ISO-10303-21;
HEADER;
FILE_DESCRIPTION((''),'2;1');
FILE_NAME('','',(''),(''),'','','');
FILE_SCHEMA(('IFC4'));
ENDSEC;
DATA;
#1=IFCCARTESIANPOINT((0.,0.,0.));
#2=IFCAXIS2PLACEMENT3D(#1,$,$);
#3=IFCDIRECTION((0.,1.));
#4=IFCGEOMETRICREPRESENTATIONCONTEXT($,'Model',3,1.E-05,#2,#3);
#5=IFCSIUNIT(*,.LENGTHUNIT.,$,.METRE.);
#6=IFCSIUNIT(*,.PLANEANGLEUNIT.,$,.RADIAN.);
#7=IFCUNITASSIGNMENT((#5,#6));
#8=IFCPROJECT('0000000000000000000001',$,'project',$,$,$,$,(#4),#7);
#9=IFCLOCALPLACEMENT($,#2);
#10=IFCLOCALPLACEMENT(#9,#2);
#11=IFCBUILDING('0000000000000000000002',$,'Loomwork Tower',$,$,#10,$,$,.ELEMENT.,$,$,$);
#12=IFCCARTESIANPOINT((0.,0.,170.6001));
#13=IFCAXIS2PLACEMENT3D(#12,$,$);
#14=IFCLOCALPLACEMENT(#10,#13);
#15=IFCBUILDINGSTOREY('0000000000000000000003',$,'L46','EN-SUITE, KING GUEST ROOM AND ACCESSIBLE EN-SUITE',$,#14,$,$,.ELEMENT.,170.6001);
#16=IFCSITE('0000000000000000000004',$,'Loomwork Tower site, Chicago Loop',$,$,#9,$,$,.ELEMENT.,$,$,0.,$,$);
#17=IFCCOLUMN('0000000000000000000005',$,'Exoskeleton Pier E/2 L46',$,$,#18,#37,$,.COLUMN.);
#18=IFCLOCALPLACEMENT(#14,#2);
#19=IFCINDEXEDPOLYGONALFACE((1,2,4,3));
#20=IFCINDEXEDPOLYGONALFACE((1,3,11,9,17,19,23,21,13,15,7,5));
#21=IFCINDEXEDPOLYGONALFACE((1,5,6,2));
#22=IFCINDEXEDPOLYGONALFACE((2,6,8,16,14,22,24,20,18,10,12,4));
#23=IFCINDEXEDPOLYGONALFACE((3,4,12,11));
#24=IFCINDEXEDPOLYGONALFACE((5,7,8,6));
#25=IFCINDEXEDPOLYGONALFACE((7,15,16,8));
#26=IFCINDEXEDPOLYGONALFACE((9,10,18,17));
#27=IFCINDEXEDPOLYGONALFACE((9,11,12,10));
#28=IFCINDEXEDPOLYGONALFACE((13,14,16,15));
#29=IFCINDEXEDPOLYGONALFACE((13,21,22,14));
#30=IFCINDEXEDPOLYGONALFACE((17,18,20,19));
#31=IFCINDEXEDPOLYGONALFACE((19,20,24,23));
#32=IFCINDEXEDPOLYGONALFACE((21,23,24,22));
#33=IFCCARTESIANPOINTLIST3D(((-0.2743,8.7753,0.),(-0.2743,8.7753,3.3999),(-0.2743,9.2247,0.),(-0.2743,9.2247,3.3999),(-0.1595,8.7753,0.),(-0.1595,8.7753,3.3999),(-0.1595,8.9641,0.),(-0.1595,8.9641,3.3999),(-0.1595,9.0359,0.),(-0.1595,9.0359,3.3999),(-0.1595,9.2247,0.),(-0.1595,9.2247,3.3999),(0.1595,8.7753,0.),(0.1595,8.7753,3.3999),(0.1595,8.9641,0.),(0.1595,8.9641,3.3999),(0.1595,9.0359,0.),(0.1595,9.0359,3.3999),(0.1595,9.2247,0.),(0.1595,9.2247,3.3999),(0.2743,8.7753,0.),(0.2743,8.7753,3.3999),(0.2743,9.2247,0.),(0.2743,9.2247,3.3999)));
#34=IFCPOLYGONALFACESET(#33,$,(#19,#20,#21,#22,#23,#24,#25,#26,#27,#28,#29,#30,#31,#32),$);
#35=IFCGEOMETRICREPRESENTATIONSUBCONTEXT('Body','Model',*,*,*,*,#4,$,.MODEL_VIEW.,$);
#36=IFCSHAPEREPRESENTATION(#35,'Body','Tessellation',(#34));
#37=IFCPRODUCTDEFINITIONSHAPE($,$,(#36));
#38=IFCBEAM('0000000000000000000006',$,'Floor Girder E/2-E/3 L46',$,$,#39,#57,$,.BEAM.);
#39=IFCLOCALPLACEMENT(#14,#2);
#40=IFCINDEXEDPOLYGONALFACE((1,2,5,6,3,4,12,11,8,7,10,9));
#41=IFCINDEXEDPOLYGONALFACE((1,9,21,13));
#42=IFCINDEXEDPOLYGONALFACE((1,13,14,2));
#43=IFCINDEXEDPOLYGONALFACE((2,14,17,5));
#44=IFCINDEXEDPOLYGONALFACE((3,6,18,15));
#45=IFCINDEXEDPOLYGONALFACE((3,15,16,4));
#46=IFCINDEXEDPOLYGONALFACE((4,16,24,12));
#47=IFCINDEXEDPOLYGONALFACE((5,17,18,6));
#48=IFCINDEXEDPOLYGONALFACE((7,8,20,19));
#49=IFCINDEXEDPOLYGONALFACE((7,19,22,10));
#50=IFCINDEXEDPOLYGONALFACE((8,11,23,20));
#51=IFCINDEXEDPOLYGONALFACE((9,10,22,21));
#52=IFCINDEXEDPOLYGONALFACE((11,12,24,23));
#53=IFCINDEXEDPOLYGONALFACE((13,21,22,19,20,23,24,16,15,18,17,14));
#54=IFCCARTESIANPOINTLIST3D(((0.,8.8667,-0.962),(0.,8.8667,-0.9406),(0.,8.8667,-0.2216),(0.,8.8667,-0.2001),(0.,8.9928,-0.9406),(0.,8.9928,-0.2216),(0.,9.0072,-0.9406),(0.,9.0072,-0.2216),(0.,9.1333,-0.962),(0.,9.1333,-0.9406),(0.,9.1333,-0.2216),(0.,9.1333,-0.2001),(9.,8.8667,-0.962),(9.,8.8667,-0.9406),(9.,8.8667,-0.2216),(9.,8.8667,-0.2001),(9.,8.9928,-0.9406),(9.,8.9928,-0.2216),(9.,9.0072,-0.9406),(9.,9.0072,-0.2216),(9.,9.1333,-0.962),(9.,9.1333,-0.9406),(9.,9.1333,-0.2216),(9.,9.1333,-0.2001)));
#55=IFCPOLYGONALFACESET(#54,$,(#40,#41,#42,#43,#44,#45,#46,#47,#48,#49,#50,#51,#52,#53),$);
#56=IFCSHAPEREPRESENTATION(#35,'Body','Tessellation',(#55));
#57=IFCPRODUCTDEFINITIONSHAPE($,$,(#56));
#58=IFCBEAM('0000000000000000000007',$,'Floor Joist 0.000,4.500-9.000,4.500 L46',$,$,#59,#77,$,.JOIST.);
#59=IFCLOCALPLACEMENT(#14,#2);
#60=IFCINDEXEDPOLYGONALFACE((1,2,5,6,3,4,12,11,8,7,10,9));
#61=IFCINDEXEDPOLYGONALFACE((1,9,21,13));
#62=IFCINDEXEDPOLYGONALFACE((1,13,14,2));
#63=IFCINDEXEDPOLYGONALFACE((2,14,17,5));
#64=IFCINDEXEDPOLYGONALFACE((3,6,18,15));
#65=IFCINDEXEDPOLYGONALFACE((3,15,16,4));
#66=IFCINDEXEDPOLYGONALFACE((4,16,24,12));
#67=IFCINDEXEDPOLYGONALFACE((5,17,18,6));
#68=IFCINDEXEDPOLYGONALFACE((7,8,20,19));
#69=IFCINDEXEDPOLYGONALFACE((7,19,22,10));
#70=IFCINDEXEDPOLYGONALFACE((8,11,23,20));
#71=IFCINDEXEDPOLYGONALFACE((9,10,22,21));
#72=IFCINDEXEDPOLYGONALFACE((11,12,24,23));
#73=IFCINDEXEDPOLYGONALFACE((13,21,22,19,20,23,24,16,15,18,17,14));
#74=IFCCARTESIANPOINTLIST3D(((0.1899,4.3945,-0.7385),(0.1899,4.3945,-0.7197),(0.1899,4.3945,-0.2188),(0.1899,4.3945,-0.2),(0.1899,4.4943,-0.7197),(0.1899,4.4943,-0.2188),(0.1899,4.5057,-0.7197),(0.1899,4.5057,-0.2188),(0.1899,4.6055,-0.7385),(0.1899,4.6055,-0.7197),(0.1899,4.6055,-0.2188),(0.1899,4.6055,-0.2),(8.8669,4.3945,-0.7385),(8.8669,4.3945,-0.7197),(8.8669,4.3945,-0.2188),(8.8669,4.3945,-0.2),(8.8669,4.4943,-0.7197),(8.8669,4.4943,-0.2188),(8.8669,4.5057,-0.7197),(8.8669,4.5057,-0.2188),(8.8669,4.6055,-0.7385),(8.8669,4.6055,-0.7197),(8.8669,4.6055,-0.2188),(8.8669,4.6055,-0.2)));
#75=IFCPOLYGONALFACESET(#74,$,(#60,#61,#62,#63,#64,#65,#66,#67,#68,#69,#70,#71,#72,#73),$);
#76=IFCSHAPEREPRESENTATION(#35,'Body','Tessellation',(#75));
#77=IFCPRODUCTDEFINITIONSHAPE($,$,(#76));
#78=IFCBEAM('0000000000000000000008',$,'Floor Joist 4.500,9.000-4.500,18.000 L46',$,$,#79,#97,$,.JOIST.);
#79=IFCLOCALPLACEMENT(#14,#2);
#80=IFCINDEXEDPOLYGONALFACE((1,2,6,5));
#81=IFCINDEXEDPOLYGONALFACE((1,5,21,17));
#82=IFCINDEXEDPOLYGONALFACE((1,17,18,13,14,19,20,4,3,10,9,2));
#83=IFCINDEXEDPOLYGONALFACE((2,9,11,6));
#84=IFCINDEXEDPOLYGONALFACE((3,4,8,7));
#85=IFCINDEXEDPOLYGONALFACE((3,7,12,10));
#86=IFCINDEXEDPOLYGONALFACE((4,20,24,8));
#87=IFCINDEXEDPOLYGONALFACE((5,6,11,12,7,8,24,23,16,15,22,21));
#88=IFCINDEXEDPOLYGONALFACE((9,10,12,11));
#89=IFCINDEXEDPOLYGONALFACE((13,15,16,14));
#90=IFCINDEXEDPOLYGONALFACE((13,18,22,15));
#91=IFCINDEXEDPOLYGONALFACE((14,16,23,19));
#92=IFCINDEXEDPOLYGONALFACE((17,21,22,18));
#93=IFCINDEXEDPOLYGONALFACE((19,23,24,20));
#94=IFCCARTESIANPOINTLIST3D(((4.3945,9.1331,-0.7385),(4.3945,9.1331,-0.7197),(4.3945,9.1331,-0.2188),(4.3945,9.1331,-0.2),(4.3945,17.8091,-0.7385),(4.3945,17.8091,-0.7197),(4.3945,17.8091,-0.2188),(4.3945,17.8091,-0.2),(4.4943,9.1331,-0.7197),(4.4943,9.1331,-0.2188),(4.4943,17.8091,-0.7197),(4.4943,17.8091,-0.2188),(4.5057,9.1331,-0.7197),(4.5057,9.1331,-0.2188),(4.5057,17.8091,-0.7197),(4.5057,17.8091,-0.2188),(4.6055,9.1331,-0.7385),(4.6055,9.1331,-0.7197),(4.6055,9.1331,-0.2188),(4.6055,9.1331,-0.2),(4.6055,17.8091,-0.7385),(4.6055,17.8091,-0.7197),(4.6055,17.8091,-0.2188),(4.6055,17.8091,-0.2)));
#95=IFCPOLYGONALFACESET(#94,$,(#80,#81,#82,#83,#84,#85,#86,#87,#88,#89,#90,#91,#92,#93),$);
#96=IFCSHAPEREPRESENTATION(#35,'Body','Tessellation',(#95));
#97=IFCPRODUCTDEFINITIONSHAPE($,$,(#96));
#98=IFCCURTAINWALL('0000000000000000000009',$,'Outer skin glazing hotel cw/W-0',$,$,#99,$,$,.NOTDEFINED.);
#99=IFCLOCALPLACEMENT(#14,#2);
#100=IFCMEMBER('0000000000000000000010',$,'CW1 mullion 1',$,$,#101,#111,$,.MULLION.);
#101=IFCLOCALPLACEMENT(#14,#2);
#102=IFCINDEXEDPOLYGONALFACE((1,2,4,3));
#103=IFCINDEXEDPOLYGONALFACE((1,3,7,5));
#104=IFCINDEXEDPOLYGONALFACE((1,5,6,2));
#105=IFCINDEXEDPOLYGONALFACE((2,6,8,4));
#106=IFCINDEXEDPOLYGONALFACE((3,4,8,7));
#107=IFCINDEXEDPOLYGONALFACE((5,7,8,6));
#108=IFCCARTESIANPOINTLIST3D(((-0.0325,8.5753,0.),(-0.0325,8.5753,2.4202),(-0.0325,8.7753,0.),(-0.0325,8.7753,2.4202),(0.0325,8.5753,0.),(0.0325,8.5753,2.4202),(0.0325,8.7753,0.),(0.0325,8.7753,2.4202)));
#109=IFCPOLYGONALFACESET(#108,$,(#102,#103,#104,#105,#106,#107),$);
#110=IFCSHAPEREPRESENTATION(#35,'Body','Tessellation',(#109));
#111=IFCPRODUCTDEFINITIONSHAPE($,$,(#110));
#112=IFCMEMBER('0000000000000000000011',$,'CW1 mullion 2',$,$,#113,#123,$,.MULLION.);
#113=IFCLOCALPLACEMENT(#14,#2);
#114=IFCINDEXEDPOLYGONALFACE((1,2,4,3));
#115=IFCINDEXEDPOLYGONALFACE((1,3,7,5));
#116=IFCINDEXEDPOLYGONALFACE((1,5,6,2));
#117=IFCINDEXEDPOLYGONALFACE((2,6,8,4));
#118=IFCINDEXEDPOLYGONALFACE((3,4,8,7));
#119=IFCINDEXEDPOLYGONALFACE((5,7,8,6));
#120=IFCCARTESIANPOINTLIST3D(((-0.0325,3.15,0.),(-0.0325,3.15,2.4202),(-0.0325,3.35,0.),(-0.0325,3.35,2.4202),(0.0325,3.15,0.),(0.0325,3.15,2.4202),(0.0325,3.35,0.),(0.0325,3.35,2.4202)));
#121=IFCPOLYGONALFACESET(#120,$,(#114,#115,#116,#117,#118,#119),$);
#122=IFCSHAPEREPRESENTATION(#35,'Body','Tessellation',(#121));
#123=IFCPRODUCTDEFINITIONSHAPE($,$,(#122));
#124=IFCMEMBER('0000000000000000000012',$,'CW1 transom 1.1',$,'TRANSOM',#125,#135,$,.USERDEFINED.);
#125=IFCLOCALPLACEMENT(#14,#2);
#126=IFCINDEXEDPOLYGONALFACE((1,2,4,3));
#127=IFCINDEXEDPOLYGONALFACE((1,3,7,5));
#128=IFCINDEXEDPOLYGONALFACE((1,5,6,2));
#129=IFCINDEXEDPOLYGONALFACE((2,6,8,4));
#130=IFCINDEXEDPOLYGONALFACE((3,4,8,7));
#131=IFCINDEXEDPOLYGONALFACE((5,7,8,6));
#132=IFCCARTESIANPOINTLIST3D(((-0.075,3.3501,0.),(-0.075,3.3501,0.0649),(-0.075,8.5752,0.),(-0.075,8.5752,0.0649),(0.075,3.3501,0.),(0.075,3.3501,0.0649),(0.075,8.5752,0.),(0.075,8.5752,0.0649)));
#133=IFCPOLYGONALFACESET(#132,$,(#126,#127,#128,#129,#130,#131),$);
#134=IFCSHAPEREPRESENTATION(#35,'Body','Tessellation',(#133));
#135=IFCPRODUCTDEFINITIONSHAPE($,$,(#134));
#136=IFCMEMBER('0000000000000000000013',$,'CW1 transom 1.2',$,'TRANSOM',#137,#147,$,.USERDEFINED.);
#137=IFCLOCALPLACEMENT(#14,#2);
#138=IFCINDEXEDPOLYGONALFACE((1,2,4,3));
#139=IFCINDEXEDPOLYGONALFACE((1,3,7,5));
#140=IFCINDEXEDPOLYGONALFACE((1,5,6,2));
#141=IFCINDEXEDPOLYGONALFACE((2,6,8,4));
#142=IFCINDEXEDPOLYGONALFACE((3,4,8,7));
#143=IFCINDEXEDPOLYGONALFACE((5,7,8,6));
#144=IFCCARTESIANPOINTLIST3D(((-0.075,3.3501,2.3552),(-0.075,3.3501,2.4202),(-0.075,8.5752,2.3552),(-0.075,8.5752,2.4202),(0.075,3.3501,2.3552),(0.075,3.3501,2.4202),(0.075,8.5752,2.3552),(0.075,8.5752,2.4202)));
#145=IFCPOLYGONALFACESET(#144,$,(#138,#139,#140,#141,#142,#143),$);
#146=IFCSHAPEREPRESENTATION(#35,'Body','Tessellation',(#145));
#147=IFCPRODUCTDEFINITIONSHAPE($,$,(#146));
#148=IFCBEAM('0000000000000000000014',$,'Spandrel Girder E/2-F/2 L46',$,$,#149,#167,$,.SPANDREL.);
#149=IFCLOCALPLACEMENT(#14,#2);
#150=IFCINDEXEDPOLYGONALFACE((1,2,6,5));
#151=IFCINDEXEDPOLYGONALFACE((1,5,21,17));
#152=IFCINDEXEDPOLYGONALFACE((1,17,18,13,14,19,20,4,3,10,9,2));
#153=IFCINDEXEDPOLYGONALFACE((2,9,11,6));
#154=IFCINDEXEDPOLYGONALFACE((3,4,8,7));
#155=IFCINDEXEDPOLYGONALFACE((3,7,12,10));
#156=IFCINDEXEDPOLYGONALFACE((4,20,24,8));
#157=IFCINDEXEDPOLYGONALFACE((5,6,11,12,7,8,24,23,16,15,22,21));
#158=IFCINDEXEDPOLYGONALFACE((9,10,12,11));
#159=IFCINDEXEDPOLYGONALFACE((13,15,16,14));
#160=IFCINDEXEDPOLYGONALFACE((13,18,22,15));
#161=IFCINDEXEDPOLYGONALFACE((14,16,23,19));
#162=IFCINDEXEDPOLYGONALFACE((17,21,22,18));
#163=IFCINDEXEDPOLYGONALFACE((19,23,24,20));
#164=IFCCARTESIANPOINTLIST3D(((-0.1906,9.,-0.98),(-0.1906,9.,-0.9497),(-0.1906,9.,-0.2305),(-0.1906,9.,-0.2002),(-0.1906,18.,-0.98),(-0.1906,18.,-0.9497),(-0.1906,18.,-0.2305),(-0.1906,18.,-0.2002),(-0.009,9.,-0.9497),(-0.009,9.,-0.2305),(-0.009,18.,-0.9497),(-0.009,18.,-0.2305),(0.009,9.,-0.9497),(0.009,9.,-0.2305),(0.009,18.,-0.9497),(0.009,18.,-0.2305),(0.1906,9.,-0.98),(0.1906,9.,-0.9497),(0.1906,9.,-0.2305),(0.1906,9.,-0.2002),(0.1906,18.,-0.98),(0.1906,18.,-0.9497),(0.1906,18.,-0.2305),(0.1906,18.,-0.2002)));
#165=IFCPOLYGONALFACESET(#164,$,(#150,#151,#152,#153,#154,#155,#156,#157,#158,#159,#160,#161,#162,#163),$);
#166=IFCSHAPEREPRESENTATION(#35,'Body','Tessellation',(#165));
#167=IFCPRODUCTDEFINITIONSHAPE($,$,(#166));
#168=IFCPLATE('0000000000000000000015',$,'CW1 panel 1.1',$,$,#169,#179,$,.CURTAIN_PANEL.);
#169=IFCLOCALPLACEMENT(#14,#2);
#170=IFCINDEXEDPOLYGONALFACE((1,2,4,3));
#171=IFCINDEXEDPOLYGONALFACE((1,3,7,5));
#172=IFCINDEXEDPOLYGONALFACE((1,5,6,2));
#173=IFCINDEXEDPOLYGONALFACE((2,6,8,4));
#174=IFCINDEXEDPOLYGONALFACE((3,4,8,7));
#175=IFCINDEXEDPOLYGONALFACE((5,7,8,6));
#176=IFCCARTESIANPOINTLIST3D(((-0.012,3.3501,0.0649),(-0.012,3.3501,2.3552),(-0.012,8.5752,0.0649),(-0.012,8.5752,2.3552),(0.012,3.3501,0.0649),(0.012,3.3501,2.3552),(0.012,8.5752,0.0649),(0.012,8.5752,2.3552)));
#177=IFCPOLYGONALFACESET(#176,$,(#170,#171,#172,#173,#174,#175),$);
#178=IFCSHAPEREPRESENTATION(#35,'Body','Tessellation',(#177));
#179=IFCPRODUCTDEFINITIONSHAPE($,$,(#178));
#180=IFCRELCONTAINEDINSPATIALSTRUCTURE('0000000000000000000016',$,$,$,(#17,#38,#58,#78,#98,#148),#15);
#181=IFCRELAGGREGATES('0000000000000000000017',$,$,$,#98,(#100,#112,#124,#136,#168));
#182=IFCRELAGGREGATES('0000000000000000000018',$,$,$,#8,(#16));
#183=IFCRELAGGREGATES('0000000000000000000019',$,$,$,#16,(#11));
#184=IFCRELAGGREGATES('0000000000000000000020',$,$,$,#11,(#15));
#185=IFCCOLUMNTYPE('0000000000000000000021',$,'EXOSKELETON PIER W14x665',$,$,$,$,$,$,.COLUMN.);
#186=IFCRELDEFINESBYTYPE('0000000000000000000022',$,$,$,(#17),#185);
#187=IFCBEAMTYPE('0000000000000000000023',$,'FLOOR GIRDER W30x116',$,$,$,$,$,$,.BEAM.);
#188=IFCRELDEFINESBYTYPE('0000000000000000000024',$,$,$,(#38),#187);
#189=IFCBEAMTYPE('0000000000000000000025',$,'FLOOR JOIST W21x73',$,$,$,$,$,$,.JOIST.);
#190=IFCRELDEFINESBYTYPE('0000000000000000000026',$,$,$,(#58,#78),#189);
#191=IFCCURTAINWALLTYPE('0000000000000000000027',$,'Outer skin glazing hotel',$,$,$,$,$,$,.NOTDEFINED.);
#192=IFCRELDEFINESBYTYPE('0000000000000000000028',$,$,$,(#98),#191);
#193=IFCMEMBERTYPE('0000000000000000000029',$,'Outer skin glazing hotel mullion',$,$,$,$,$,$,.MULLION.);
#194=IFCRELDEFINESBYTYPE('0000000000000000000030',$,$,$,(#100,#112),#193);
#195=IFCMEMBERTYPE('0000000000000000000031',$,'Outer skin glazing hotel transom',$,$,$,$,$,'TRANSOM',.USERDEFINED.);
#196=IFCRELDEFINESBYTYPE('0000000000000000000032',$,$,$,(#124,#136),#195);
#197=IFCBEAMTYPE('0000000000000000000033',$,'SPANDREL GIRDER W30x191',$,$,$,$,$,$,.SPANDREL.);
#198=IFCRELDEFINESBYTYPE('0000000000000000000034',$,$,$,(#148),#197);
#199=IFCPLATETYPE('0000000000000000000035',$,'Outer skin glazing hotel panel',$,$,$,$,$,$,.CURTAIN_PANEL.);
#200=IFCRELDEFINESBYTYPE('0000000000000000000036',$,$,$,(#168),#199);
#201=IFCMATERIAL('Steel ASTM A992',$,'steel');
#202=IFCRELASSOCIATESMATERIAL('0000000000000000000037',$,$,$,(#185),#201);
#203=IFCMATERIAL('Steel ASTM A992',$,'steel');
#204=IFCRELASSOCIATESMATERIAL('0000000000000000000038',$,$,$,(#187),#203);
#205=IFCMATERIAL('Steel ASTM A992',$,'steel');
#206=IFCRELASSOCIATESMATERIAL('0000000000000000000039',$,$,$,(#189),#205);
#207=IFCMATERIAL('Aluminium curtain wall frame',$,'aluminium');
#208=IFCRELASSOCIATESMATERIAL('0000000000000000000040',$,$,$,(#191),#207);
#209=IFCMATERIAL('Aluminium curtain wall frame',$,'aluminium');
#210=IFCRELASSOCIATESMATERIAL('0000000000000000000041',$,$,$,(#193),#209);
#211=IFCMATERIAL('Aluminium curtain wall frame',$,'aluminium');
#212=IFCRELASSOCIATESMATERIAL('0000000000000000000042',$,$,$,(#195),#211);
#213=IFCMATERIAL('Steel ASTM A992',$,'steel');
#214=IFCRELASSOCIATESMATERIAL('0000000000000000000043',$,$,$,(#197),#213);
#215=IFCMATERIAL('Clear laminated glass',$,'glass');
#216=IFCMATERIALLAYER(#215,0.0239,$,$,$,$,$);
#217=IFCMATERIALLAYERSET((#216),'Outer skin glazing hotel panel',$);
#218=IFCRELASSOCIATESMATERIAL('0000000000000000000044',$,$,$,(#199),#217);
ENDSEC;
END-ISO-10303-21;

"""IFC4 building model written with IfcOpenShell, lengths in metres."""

from ifc_helpers import new_model, si_unit, direction, frame, origin, origin_2d, place, context, subcontext, project, spatial, rectangle, i_section, extrude, material, layer, layer_set, material_profile, profile_set, type_object, element, aggregate, save


model = new_model("IFC4")

# Units and contexts
model_context = context("Model", 3, precision=1e-05, world=origin(), true_north=direction((0.0, 1.0)))
body_context = subcontext(model_context, "Body", "Model", "MODEL_VIEW")
ifc_project = project(units=[si_unit("LENGTHUNIT", "METRE"), si_unit("PLANEANGLEUNIT", "RADIAN")], contexts=[model_context])

# Site, building, storey
site_placement = place(None, origin())
site = spatial("IfcSite", under=ifc_project, at=site_placement, Name="Loomwork Tower site, Chicago Loop", CompositionType="ELEMENT", RefElevation=0.0)
building_placement = place(site_placement, origin())
building = spatial("IfcBuilding", under=site, at=building_placement, Name="Loomwork Tower", CompositionType="ELEMENT")
storey_placement = place(building_placement, frame((0.0, 0.0, 170.6001)))
storey = spatial("IfcBuildingStorey", under=building, at=storey_placement, Name="L46", Description="EN-SUITE, KING GUEST ROOM AND ACCESSIBLE EN-SUITE", CompositionType="ELEMENT", Elevation=170.6001)

# Column
ifc_material_1 = material(Name="Steel ASTM A992", Category="steel")
ifc_material_profile_1 = material_profile(ifc_material_1, i_section(OverallWidth=0.4495, OverallDepth=0.5486, WebThickness=0.0718, FlangeThickness=0.1147, at=origin_2d()), Name="W14x665")
ifc_profile_set_1 = profile_set([ifc_material_profile_1], Name="Steel ASTM A992")
column_type = type_object("IfcColumnType", Name="EXOSKELETON PIER W14x665", PredefinedType="COLUMN", material=ifc_profile_set_1)
column_placement = place(storey_placement, frame((0.0, 9.0, 0.0), z_axis=(0.0, 0.0, 1.0), x_axis=(0.0, 1.0, 0.0)))
element("IfcColumn", 1, at=column_placement, inside=storey, type_object=column_type, Name="Exoskeleton Pier E/2 L46", PredefinedType="COLUMN", context=body_context, shape_type="SweptSolid", body=[
    extrude(i_section(OverallWidth=0.4495, OverallDepth=0.5486, WebThickness=0.0718, FlangeThickness=0.1147, at=origin_2d()), origin(), (0.0, 0.0, 1.0), 3.3999),
])

# Beams
ifc_material_2 = material(Name="Steel ASTM A992", Category="steel")
ifc_material_profile_2 = material_profile(ifc_material_2, i_section(OverallWidth=0.2666, OverallDepth=0.762, WebThickness=0.0144, FlangeThickness=0.0215, at=origin_2d()), Name="W30x116")
ifc_profile_set_2 = profile_set([ifc_material_profile_2], Name="Steel ASTM A992")
beam_type_1 = type_object("IfcBeamType", Name="FLOOR GIRDER W30x116", PredefinedType="BEAM", material=ifc_profile_set_2)
beam_1_placement = place(storey_placement, frame((0.0, 9.0, -0.5811), z_axis=(1.0, 0.0, 0.0), x_axis=(0.0, 1.0, 0.0)))
element("IfcBeam", 2, at=beam_1_placement, inside=storey, type_object=beam_type_1, Name="Floor Girder E/2-E/3 L46", PredefinedType="BEAM", context=body_context, shape_type="SweptSolid", body=[
    extrude(i_section(OverallWidth=0.2666, OverallDepth=0.762, WebThickness=0.0144, FlangeThickness=0.0215, at=origin_2d()), origin(), (0.0, 0.0, 1.0), 9.0),
])
ifc_material_3 = material(Name="Steel ASTM A992", Category="steel")
ifc_material_profile_3 = material_profile(ifc_material_3, i_section(OverallWidth=0.2109, OverallDepth=0.5386, WebThickness=0.0115, FlangeThickness=0.0188, at=origin_2d()), Name="W21x73")
ifc_profile_set_3 = profile_set([ifc_material_profile_3], Name="Steel ASTM A992")
beam_type_2 = type_object("IfcBeamType", Name="FLOOR JOIST W21x73", PredefinedType="JOIST", material=ifc_profile_set_3)
beam_2_placement = place(storey_placement, frame((0.1899, 4.5, -0.4692), z_axis=(1.0, 0.0, 0.0), x_axis=(0.0, 1.0, 0.0)))
element("IfcBeam", 3, at=beam_2_placement, inside=storey, type_object=beam_type_2, Name="Floor Joist 0.000,4.500-9.000,4.500 L46", PredefinedType="JOIST", context=body_context, shape_type="SweptSolid", body=[
    extrude(i_section(OverallWidth=0.2109, OverallDepth=0.5386, WebThickness=0.0115, FlangeThickness=0.0188, at=origin_2d()), origin(), (0.0, 0.0, 1.0), 8.677),
])
beam_3_placement = place(storey_placement, frame((4.5, 9.1331, -0.4692), z_axis=(0.0, 1.0, 0.0), x_axis=(-1.0, 0.0, 0.0)))
element("IfcBeam", 4, at=beam_3_placement, inside=storey, type_object=beam_type_2, Name="Floor Joist 4.500,9.000-4.500,18.000 L46", PredefinedType="JOIST", context=body_context, shape_type="SweptSolid", body=[
    extrude(i_section(OverallWidth=0.2109, OverallDepth=0.5386, WebThickness=0.0115, FlangeThickness=0.0188, at=origin_2d()), origin(), (0.0, 0.0, 1.0), 8.676),
])

# Curtain wall, members
ifc_material_4 = material(Name="Aluminium curtain wall frame", Category="aluminium")
curtain_wall_type = type_object("IfcCurtainWallType", Name="Outer skin glazing hotel", PredefinedType="NOTDEFINED", material=ifc_material_4)
curtain_wall_placement = place(storey_placement, origin())
curtain_wall = element("IfcCurtainWall", 5, at=curtain_wall_placement, inside=storey, type_object=curtain_wall_type, Name="Outer skin glazing hotel cw/W-0", PredefinedType="NOTDEFINED")
ifc_material_5 = material(Name="Aluminium curtain wall frame", Category="aluminium")
ifc_material_profile_4 = material_profile(ifc_material_5, rectangle(XDim=0.0649, YDim=0.2, at=origin_2d()), Name="AL 65x200")
ifc_profile_set_4 = profile_set([ifc_material_profile_4], Name="Aluminium curtain wall frame")
member_type_1 = type_object("IfcMemberType", Name="Outer skin glazing hotel mullion", PredefinedType="MULLION", material=ifc_profile_set_4)
member_1_placement = place(storey_placement, frame((0.0, 8.6753, 0.0), z_axis=(0.0, 0.0, 1.0), x_axis=(1.0, 0.0, 0.0)))
member_1 = element("IfcMember", 6, at=member_1_placement, type_object=member_type_1, Name="CW1 mullion 1", PredefinedType="MULLION", context=body_context, shape_type="SweptSolid", body=[
    extrude(rectangle(XDim=0.0649, YDim=0.2, at=origin_2d()), origin(), (0.0, 0.0, 1.0), 2.4202),
])
member_2_placement = place(storey_placement, frame((0.0, 3.25, 0.0), z_axis=(0.0, 0.0, 1.0), x_axis=(1.0, 0.0, 0.0)))
member_2 = element("IfcMember", 7, at=member_2_placement, type_object=member_type_1, Name="CW1 mullion 2", PredefinedType="MULLION", context=body_context, shape_type="SweptSolid", body=[
    extrude(rectangle(XDim=0.0649, YDim=0.2, at=origin_2d()), origin(), (0.0, 0.0, 1.0), 2.4202),
])
ifc_material_6 = material(Name="Aluminium curtain wall frame", Category="aluminium")
ifc_material_profile_5 = material_profile(ifc_material_6, rectangle(XDim=0.1499, YDim=0.0649, at=origin_2d()), Name="AL 65x150")
ifc_profile_set_5 = profile_set([ifc_material_profile_5], Name="Aluminium curtain wall frame")
member_type_2 = type_object("IfcMemberType", Name="Outer skin glazing hotel transom", ElementType="TRANSOM", PredefinedType="USERDEFINED", material=ifc_profile_set_5)
member_3_placement = place(storey_placement, frame((0.0, 8.5752, 0.0325), z_axis=(0.0, -1.0, 0.0), x_axis=(1.0, 0.0, 0.0)))
member_3 = element("IfcMember", 8, at=member_3_placement, type_object=member_type_2, Name="CW1 transom 1.1", ObjectType="TRANSOM", PredefinedType="USERDEFINED", context=body_context, shape_type="SweptSolid", body=[
    extrude(rectangle(XDim=0.1499, YDim=0.0649, at=origin_2d()), origin(), (0.0, 0.0, 1.0), 5.2251),
])
member_4_placement = place(storey_placement, frame((0.0, 8.5752, 2.3877), z_axis=(0.0, -1.0, 0.0), x_axis=(1.0, 0.0, 0.0)))
member_4 = element("IfcMember", 9, at=member_4_placement, type_object=member_type_2, Name="CW1 transom 1.2", ObjectType="TRANSOM", PredefinedType="USERDEFINED", context=body_context, shape_type="SweptSolid", body=[
    extrude(rectangle(XDim=0.1499, YDim=0.0649, at=origin_2d()), origin(), (0.0, 0.0, 1.0), 5.2251),
])

# Beam
ifc_material_7 = material(Name="Steel ASTM A992", Category="steel")
ifc_material_profile_6 = material_profile(ifc_material_7, i_section(OverallWidth=0.3811, OverallDepth=0.7798, WebThickness=0.0181, FlangeThickness=0.0303, at=origin_2d()), Name="W30x191")
ifc_profile_set_6 = profile_set([ifc_material_profile_6], Name="Steel ASTM A992")
beam_type_3 = type_object("IfcBeamType", Name="SPANDREL GIRDER W30x191", PredefinedType="SPANDREL", material=ifc_profile_set_6)
beam_4_placement = place(storey_placement, frame((0.0, 9.0, -0.5901), z_axis=(0.0, 1.0, 0.0), x_axis=(-1.0, 0.0, 0.0)))
element("IfcBeam", 10, at=beam_4_placement, inside=storey, type_object=beam_type_3, Name="Spandrel Girder E/2-F/2 L46", PredefinedType="SPANDREL", context=body_context, shape_type="SweptSolid", body=[
    extrude(i_section(OverallWidth=0.3811, OverallDepth=0.7798, WebThickness=0.0181, FlangeThickness=0.0303, at=origin_2d()), origin(), (0.0, 0.0, 1.0), 9.0),
])

# Plate
ifc_material_8 = material(Name="Clear laminated glass", Category="glass")
ifc_layer_1 = layer(ifc_material_8, 0.0239)
ifc_layer_set_1 = layer_set([ifc_layer_1], Name="Outer skin glazing hotel panel")
plate_type = type_object("IfcPlateType", Name="Outer skin glazing hotel panel", PredefinedType="CURTAIN_PANEL", material=ifc_layer_set_1)
plate_placement = place(storey_placement, frame((0.0, 5.9626, 0.0649), z_axis=(0.0, 0.0, 1.0), x_axis=(0.0, -1.0, 0.0)))
plate = element("IfcPlate", 11, at=plate_placement, type_object=plate_type, Name="CW1 panel 1.1", PredefinedType="CURTAIN_PANEL", context=body_context, shape_type="SweptSolid", body=[
    extrude(rectangle(XDim=5.2251, YDim=0.0239, at=origin_2d()), origin(), (0.0, 0.0, 1.0), 2.2903),
])
aggregate(curtain_wall, [member_1, member_2, member_3, member_4, plate])

save(model, "model.ifc")
